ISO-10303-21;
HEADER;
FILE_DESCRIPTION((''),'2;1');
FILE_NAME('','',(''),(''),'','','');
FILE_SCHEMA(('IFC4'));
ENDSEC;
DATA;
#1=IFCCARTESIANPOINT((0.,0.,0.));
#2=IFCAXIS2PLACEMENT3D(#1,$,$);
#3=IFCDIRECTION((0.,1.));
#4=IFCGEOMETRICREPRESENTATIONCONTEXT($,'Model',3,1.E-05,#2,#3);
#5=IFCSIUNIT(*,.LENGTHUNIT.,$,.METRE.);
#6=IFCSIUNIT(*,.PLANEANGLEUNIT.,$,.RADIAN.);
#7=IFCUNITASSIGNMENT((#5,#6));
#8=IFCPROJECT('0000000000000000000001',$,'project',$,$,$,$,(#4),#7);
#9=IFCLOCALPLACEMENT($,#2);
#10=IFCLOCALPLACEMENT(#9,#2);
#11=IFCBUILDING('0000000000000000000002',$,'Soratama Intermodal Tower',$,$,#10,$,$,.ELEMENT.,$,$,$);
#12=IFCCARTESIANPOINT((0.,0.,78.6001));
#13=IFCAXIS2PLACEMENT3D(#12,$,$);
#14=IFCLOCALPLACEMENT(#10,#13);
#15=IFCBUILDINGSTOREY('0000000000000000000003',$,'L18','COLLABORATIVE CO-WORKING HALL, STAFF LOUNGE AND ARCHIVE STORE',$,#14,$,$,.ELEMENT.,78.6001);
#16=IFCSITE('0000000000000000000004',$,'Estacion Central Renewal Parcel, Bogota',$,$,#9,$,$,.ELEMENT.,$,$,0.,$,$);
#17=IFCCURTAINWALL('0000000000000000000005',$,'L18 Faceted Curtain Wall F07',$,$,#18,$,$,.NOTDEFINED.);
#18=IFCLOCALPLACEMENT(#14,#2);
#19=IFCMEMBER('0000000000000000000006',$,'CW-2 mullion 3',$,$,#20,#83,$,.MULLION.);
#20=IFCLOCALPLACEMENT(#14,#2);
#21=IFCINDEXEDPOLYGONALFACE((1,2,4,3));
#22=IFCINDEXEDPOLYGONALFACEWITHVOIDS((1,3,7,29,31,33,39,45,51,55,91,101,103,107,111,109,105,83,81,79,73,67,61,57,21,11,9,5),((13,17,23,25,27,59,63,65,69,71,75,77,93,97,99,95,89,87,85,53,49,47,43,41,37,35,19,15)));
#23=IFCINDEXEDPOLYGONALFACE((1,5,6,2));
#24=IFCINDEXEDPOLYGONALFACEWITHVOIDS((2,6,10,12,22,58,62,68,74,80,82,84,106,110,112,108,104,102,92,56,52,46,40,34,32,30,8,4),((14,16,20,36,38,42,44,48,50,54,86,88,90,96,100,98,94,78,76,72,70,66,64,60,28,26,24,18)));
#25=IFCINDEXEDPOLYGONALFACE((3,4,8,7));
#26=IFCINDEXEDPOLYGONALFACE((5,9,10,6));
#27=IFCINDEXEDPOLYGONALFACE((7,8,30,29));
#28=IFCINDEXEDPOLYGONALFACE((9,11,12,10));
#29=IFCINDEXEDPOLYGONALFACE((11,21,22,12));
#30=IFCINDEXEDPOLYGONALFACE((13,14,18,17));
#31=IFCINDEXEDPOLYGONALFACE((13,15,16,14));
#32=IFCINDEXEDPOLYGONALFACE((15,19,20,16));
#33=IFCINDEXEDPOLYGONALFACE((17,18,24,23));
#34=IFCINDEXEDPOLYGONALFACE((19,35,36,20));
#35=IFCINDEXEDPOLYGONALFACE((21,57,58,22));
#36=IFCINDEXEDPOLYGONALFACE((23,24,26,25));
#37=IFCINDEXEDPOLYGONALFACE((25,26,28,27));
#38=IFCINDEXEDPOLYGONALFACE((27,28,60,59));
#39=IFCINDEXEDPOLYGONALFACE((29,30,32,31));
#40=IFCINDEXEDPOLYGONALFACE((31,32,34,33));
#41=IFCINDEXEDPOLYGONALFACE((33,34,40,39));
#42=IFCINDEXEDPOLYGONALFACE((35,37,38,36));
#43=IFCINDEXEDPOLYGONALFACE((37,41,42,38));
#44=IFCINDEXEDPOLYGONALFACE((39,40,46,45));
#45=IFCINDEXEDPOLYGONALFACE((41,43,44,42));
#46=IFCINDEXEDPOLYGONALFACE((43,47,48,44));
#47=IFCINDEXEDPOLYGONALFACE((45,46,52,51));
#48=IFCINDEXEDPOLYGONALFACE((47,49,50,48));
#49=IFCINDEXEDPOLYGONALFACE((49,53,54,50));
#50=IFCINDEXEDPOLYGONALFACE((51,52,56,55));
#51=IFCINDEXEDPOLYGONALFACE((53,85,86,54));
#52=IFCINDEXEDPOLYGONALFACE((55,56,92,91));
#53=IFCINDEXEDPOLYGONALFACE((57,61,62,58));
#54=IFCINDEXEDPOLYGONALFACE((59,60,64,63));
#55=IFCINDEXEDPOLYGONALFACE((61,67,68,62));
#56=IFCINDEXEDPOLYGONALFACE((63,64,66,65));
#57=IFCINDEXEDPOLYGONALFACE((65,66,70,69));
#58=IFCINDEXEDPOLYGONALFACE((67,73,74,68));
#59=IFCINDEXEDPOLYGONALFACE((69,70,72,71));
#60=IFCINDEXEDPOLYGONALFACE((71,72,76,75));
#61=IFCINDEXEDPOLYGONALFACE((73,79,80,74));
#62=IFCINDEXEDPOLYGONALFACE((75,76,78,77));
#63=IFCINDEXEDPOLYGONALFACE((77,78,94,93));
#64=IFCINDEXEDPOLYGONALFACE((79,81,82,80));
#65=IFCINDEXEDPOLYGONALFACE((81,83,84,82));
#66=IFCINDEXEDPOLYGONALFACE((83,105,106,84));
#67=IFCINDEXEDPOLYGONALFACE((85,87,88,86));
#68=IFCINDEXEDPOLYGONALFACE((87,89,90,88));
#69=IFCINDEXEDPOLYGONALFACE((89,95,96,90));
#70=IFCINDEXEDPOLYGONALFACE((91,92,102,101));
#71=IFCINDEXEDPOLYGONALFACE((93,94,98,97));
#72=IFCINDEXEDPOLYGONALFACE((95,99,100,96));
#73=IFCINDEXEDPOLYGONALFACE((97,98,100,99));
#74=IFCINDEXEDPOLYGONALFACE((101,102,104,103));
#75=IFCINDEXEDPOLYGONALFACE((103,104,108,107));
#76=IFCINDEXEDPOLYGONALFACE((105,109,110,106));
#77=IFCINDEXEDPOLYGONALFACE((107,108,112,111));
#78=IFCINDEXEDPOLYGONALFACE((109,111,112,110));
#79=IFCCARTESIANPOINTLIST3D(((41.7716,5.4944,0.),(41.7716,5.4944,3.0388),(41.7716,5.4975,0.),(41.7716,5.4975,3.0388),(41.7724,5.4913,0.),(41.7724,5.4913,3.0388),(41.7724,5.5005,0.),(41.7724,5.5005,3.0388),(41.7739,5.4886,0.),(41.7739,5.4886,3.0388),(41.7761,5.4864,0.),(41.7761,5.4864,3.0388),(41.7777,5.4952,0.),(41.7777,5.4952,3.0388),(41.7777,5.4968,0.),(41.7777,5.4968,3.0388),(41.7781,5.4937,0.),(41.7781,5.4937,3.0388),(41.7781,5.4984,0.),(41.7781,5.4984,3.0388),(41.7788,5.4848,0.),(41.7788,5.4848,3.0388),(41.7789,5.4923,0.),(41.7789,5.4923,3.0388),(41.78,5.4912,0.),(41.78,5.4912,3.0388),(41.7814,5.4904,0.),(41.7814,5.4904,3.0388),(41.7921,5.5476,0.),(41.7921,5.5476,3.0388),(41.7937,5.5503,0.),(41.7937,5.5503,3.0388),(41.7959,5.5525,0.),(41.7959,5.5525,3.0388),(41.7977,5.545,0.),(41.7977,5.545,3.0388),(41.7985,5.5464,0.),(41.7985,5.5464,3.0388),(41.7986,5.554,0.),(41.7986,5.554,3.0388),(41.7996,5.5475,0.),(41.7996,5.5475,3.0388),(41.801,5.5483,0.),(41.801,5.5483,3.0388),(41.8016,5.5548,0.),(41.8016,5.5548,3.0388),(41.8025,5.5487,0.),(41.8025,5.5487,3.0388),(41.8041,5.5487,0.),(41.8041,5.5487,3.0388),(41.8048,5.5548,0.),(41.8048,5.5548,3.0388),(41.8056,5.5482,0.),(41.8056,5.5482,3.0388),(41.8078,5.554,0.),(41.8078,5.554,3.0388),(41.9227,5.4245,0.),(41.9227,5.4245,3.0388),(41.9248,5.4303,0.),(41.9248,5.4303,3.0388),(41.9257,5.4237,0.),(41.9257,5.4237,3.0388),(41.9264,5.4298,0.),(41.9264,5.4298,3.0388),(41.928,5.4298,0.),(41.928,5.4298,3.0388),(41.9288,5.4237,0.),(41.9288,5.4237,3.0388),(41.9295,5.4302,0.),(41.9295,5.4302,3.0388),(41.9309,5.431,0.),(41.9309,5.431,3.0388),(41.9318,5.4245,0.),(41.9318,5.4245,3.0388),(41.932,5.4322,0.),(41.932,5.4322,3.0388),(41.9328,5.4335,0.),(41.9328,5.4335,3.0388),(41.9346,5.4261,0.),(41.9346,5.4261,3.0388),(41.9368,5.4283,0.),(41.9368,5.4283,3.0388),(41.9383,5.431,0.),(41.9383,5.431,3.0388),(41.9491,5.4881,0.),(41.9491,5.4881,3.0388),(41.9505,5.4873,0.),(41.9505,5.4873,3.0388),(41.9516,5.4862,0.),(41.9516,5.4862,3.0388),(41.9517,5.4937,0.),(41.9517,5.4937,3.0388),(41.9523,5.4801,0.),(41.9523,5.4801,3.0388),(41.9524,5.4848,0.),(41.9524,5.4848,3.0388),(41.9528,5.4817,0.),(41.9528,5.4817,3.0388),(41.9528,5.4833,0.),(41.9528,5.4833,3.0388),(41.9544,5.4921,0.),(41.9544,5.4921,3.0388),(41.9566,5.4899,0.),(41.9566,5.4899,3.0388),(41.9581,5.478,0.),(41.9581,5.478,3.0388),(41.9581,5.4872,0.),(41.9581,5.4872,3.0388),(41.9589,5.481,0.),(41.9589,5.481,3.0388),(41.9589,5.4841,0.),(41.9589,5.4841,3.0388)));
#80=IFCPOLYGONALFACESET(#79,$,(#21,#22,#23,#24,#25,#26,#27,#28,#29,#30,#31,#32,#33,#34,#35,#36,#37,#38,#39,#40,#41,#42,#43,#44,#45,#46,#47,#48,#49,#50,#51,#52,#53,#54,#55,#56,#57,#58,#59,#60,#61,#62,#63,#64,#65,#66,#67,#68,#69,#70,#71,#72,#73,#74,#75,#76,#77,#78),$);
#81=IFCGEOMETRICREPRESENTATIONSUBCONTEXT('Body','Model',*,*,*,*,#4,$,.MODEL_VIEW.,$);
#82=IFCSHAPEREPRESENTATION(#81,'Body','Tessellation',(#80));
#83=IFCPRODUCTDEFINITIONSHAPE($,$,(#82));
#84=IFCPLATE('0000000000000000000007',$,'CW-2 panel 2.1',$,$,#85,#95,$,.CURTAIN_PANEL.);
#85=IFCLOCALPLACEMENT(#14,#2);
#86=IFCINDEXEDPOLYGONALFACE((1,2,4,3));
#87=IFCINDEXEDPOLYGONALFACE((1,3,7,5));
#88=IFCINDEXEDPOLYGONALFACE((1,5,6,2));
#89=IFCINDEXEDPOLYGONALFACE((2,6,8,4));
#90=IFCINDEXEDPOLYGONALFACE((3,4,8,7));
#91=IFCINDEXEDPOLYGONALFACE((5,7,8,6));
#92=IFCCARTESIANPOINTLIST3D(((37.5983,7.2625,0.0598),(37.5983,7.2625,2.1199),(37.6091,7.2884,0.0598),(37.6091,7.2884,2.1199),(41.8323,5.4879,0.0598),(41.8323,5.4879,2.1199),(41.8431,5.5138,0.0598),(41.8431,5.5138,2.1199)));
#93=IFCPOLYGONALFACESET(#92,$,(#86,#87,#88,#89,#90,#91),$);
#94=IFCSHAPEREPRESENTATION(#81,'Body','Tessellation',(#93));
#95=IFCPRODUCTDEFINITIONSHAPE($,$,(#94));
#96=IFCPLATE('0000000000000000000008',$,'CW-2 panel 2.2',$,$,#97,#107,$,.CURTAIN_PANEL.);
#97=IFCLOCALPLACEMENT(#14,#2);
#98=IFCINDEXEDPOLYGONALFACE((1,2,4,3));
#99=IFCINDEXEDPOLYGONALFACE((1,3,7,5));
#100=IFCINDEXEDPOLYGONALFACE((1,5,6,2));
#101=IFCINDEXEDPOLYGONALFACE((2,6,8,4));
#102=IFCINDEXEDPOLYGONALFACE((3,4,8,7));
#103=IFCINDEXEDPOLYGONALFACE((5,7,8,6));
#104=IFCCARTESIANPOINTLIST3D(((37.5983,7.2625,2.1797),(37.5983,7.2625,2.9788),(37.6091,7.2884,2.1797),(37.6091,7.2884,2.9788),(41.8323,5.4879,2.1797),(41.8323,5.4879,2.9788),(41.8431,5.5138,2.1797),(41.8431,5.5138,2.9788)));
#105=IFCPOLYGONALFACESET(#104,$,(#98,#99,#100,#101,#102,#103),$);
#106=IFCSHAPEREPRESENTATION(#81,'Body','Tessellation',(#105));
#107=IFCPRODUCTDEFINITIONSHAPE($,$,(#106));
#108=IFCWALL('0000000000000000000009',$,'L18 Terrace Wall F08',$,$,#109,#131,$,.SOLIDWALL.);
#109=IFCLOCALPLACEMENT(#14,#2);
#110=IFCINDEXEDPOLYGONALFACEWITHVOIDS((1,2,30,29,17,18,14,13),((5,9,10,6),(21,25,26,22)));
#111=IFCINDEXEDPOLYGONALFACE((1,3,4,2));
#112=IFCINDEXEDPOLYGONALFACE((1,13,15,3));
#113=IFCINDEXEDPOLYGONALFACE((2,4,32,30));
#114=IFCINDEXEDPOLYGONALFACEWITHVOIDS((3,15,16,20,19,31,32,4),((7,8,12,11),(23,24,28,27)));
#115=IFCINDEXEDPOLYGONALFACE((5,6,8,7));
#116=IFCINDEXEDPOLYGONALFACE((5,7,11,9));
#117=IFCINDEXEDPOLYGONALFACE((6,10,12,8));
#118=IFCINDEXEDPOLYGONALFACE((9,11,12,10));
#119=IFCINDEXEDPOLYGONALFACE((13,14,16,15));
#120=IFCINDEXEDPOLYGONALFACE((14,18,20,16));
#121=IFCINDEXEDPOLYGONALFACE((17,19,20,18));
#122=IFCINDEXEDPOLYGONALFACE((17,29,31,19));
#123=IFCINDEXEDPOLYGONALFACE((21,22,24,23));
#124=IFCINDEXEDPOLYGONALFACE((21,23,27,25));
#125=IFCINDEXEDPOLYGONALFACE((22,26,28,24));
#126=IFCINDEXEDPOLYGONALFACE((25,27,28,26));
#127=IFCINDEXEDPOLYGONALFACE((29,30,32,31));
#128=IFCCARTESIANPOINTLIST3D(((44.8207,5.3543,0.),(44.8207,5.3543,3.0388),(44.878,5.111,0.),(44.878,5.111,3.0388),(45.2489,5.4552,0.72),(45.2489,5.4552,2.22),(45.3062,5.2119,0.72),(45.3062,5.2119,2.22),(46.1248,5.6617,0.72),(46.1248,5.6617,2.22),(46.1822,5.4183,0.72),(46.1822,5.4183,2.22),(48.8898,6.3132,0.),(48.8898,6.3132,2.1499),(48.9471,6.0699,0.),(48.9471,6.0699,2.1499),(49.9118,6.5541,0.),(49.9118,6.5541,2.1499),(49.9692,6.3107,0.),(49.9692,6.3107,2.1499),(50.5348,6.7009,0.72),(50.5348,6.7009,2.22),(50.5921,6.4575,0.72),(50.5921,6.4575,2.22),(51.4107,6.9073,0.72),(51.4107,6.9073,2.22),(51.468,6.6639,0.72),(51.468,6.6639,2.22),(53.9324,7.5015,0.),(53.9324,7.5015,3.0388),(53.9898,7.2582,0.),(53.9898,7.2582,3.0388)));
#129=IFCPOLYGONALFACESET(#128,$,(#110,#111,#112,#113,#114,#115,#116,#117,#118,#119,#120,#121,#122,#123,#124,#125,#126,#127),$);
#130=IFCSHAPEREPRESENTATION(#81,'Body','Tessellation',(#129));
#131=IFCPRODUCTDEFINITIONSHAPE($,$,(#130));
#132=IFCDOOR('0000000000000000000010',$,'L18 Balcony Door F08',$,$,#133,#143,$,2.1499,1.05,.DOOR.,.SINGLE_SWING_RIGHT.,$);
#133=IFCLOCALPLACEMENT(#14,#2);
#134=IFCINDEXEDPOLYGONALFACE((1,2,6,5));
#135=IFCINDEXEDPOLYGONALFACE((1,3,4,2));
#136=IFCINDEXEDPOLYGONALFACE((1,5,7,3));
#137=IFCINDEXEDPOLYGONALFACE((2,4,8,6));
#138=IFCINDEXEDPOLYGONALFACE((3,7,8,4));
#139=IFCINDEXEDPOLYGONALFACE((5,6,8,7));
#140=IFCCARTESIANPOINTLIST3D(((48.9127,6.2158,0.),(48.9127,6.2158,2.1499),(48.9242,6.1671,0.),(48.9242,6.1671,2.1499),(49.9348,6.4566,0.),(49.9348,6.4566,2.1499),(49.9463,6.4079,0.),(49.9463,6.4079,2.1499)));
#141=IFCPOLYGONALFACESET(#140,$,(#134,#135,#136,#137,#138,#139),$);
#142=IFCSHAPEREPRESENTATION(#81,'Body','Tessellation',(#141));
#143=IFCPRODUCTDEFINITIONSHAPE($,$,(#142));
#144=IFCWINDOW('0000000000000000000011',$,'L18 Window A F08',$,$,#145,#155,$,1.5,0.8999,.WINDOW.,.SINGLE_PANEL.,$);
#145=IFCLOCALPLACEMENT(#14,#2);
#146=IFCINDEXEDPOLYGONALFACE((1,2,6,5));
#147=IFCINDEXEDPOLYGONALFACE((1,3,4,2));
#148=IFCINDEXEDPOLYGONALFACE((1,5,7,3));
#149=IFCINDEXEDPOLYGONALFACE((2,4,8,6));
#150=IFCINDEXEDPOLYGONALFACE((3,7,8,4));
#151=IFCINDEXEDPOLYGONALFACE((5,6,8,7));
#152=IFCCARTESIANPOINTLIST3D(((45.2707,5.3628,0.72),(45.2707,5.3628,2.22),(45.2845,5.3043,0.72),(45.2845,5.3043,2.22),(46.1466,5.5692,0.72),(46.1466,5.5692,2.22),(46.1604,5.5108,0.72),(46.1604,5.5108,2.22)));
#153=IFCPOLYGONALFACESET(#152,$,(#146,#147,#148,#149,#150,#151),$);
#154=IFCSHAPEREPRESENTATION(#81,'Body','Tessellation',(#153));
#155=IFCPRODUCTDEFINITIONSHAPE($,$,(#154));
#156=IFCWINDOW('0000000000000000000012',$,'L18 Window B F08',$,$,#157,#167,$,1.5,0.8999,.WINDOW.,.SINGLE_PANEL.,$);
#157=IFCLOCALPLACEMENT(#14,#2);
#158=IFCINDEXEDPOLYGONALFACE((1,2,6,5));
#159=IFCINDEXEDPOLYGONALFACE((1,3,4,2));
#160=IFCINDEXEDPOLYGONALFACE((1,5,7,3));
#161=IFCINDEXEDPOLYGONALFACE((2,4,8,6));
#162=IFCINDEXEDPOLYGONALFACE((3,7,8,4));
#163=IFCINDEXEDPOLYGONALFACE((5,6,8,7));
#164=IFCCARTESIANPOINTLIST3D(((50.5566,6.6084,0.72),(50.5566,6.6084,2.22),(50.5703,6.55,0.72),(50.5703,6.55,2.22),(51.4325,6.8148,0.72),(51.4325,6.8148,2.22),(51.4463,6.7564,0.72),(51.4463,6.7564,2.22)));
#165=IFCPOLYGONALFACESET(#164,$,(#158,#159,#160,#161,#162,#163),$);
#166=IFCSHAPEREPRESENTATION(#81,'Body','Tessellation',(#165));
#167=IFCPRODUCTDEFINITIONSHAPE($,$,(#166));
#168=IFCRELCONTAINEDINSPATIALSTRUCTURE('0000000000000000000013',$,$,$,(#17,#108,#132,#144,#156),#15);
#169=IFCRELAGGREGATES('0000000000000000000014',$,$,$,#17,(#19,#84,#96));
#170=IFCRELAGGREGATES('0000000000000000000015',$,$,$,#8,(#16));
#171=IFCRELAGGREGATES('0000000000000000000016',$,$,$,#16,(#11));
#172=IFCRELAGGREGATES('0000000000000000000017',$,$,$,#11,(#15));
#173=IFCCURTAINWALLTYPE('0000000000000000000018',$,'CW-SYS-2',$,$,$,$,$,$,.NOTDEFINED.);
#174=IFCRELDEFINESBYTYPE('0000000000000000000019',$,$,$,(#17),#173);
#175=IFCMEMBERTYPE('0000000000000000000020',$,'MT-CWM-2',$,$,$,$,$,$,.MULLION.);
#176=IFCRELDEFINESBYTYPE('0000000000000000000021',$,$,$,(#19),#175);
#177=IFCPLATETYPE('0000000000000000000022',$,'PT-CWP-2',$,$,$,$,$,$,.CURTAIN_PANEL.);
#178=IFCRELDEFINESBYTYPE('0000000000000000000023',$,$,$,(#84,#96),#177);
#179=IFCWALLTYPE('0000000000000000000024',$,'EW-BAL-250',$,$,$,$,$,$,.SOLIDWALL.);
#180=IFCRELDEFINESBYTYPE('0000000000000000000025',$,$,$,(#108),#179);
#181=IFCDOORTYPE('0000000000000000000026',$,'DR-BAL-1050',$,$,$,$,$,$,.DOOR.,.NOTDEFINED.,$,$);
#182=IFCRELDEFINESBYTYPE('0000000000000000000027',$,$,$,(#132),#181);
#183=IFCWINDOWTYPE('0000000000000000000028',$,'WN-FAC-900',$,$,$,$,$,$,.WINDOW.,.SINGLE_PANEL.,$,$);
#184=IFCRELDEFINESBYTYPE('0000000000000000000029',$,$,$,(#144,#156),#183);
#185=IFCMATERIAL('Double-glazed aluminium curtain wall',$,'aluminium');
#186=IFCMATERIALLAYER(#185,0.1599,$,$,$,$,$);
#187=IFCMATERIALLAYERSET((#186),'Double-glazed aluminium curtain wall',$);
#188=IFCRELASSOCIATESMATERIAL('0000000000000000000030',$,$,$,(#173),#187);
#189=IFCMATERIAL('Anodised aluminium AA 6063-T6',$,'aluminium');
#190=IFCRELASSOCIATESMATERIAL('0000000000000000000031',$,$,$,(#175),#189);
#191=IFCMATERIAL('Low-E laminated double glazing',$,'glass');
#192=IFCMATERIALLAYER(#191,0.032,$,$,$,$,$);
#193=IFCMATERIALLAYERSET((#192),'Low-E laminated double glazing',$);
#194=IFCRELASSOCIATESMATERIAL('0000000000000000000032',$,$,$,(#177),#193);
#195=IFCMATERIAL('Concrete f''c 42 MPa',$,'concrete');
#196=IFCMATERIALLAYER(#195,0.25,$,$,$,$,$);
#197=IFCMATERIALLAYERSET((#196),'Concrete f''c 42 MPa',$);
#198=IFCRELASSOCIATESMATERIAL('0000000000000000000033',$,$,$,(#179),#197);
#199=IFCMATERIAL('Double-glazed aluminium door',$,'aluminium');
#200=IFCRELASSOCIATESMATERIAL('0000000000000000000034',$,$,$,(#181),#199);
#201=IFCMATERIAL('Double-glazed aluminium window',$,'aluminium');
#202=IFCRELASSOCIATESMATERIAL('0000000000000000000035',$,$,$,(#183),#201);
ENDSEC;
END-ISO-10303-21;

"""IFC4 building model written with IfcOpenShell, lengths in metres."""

from ifc_helpers import new_model, si_unit, direction, frame, frame_2d, origin, origin_2d, place, context, subcontext, project, spatial, rectangle, hollow_rectangle, extrude, material, layer, layer_set, material_profile, profile_set, type_object, element, fill, aggregate, save


model = new_model("IFC4")

# Units and contexts
model_context = context("Model", 3, precision=1e-05, world=origin(), true_north=direction((0.0, 1.0)))
body_context = subcontext(model_context, "Body", "Model", "MODEL_VIEW")
ifc_project = project(units=[si_unit("LENGTHUNIT", "METRE"), si_unit("PLANEANGLEUNIT", "RADIAN")], contexts=[model_context])

# Site, building, storey
site_placement = place(None, origin())
site = spatial("IfcSite", under=ifc_project, at=site_placement, Name="Estacion Central Renewal Parcel, Bogota", CompositionType="ELEMENT", RefElevation=0.0)
building_placement = place(site_placement, origin())
building = spatial("IfcBuilding", under=site, at=building_placement, Name="Soratama Intermodal Tower", CompositionType="ELEMENT")
storey_placement = place(building_placement, frame((0.0, 0.0, 78.6001)))
storey = spatial("IfcBuildingStorey", under=building, at=storey_placement, Name="L18", Description="COLLABORATIVE CO-WORKING HALL, STAFF LOUNGE AND ARCHIVE STORE", CompositionType="ELEMENT", Elevation=78.6001)

# Curtain wall, member, plates
ifc_material_1 = material(Name="Double-glazed aluminium curtain wall", Category="aluminium")
ifc_layer_1 = layer(ifc_material_1, 0.1599)
ifc_layer_set_1 = layer_set([ifc_layer_1], Name="Double-glazed aluminium curtain wall")
curtain_wall_type = type_object("IfcCurtainWallType", Name="CW-SYS-2", PredefinedType="NOTDEFINED", material=ifc_layer_set_1)
curtain_wall_placement = place(storey_placement, origin())
curtain_wall = element("IfcCurtainWall", 1, at=curtain_wall_placement, inside=storey, type_object=curtain_wall_type, Name="L18 Faceted Curtain Wall F07", PredefinedType="NOTDEFINED")
ifc_material_2 = material(Name="Anodised aluminium AA 6063-T6", Category="aluminium")
ifc_material_profile_1 = material_profile(ifc_material_2, hollow_rectangle(XDim=0.075, YDim=0.1799, WallThickness=0.0061, InnerFilletRadius=0.0061, OuterFilletRadius=0.012, at=origin_2d()), Name="CWM180X75X6")
ifc_profile_set_1 = profile_set([ifc_material_profile_1], Name="Anodised aluminium AA 6063-T6")
member_type = type_object("IfcMemberType", Name="MT-CWM-2", PredefinedType="MULLION", material=ifc_profile_set_1)
member_placement = place(storey_placement, frame((41.8652, 5.4893, 0.0), z_axis=(0.0, 0.0, 1.0), x_axis=(0.386552, 0.922268, 0.0)))
member = element("IfcMember", 2, at=member_placement, type_object=member_type, Name="CW-2 mullion 3", PredefinedType="MULLION", context=body_context, shape_type="SweptSolid", body=[
    extrude(hollow_rectangle(XDim=0.075, YDim=0.1799, WallThickness=0.0061, InnerFilletRadius=0.0061, OuterFilletRadius=0.012, at=origin_2d()), origin(), (0.0, 0.0, 1.0), 3.0388),
])
ifc_material_3 = material(Name="Low-E laminated double glazing", Category="glass")
ifc_layer_2 = layer(ifc_material_3, 0.032)
ifc_layer_set_2 = layer_set([ifc_layer_2], Name="Low-E laminated double glazing")
plate_type = type_object("IfcPlateType", Name="PT-CWP-2", PredefinedType="CURTAIN_PANEL", material=ifc_layer_set_2)
plate_1_placement = place(storey_placement, frame((39.7207, 6.3882, 0.0598), z_axis=(0.0, 0.0, 1.0), x_axis=(0.922268, -0.386552, 0.0)))
plate_1 = element("IfcPlate", 3, at=plate_1_placement, type_object=plate_type, Name="CW-2 panel 2.1", PredefinedType="CURTAIN_PANEL", context=body_context, shape_type="SweptSolid", body=[
    extrude(rectangle(XDim=4.5908, YDim=0.0281, at=origin_2d()), origin(), (0.0, 0.0, 1.0), 2.0601),
])
plate_2_placement = place(storey_placement, frame((39.7207, 6.3882, 2.1797), z_axis=(0.0, 0.0, 1.0), x_axis=(0.922268, -0.386552, 0.0)))
plate_2 = element("IfcPlate", 4, at=plate_2_placement, type_object=plate_type, Name="CW-2 panel 2.2", PredefinedType="CURTAIN_PANEL", context=body_context, shape_type="SweptSolid", body=[
    extrude(rectangle(XDim=4.5908, YDim=0.0281, at=origin_2d()), origin(), (0.0, 0.0, 1.0), 0.7991),
])
aggregate(curtain_wall, [member, plate_1, plate_2])

# Wall, openings, door, windows
ifc_material_4 = material(Name="Concrete f'c 42 MPa", Category="concrete")
ifc_layer_3 = layer(ifc_material_4, 0.25)
ifc_layer_set_3 = layer_set([ifc_layer_3], Name="Concrete f'c 42 MPa")
wall_type_1 = type_object("IfcWallType", Name="EW-BAL-250", PredefinedType="SOLIDWALL", material=ifc_layer_set_3)
wall_1_placement = place(storey_placement, frame((44.8494, 5.2327, 0.0), z_axis=(0.0, 0.0, 1.0), x_axis=(0.973339, 0.229369, 0.0)))
wall_1 = element("IfcWall", 5, at=wall_1_placement, inside=storey, type_object=wall_type_1, Name="L18 Terrace Wall F08", PredefinedType="SOLIDWALL", context=body_context, shape_type="SweptSolid", body=[
    extrude(rectangle(XDim=9.3613, YDim=0.25, at=frame_2d((4.6807, 0.0))), origin(), (0.0, 0.0, 1.0), 3.0388),
])
opening_1_placement = place(wall_1_placement, frame((4.1807, 0.0, 0.0)))
opening_1 = element("IfcOpeningElement", 6, at=opening_1_placement, cuts=wall_1, PredefinedType="OPENING", context=body_context, shape_type="SweptSolid", body=[
    extrude(rectangle(XDim=1.05, YDim=2.1499, at=frame_2d((0.5249, 1.075))), frame((0.0, 0.135, 0.0), z_axis=(0.0, -1.0, 0.0), x_axis=(1.0, 0.0, 0.0)), (0.0, 0.0, 1.0), 0.27),
])
opening_2_placement = place(wall_1_placement, frame((0.4399, 0.0, 0.72)))
opening_2 = element("IfcOpeningElement", 7, at=opening_2_placement, cuts=wall_1, PredefinedType="OPENING", context=body_context, shape_type="SweptSolid", body=[
    extrude(rectangle(XDim=0.8999, YDim=1.5, at=frame_2d((0.45, 0.75))), frame((0.0, 0.135, 0.0), z_axis=(0.0, -1.0, 0.0), x_axis=(1.0, 0.0, 0.0)), (0.0, 0.0, 1.0), 0.27),
])
opening_3_placement = place(wall_1_placement, frame((5.8706, 0.0, 0.72)))
opening_3 = element("IfcOpeningElement", 8, at=opening_3_placement, cuts=wall_1, PredefinedType="OPENING", context=body_context, shape_type="SweptSolid", body=[
    extrude(rectangle(XDim=0.8999, YDim=1.5, at=frame_2d((0.45, 0.75))), frame((0.0, 0.135, 0.0), z_axis=(0.0, -1.0, 0.0), x_axis=(1.0, 0.0, 0.0)), (0.0, 0.0, 1.0), 0.27),
])
ifc_material_5 = material(Name="Double-glazed aluminium door", Category="aluminium")
door_type_1 = type_object("IfcDoorType", Name="DR-BAL-1050", OperationType="NOTDEFINED", PredefinedType="DOOR", material=ifc_material_5)
door_1_placement = place(opening_1_placement, origin())
door_1 = element("IfcDoor", 9, at=door_1_placement, inside=storey, type_object=door_type_1, Name="L18 Balcony Door F08", OperationType="SINGLE_SWING_RIGHT", OverallHeight=2.1499, OverallWidth=1.05, PredefinedType="DOOR", context=body_context, shape_type="SweptSolid", body=[
    extrude(rectangle(XDim=1.05, YDim=2.1499, at=frame_2d((0.5249, 1.075))), frame((0.0, 0.0249, 0.0), z_axis=(0.0, -1.0, 0.0), x_axis=(1.0, 0.0, 0.0)), (0.0, 0.0, 1.0), 0.05),
])
fill(opening_1, door_1)
ifc_material_6 = material(Name="Double-glazed aluminium window", Category="aluminium")
window_type = type_object("IfcWindowType", Name="WN-FAC-900", PartitioningType="SINGLE_PANEL", PredefinedType="WINDOW", material=ifc_material_6)
window_1_placement = place(opening_2_placement, origin())
window_1 = element("IfcWindow", 10, at=window_1_placement, inside=storey, type_object=window_type, Name="L18 Window A F08", OverallHeight=1.5, OverallWidth=0.8999, PartitioningType="SINGLE_PANEL", PredefinedType="WINDOW", context=body_context, shape_type="SweptSolid", body=[
    extrude(rectangle(XDim=0.8999, YDim=1.5, at=frame_2d((0.45, 0.75))), frame((0.0, 0.03, 0.0), z_axis=(0.0, -1.0, 0.0), x_axis=(1.0, 0.0, 0.0)), (0.0, 0.0, 1.0), 0.0601),
])
fill(opening_2, window_1)
window_2_placement = place(opening_3_placement, origin())
window_2 = element("IfcWindow", 11, at=window_2_placement, inside=storey, type_object=window_type, Name="L18 Window B F08", OverallHeight=1.5, OverallWidth=0.8999, PartitioningType="SINGLE_PANEL", PredefinedType="WINDOW", context=body_context, shape_type="SweptSolid", body=[
    extrude(rectangle(XDim=0.8999, YDim=1.5, at=frame_2d((0.45, 0.75))), frame((0.0, 0.03, 0.0), z_axis=(0.0, -1.0, 0.0), x_axis=(1.0, 0.0, 0.0)), (0.0, 0.0, 1.0), 0.0601),
])
fill(opening_3, window_2)

save(model, "model.ifc")
